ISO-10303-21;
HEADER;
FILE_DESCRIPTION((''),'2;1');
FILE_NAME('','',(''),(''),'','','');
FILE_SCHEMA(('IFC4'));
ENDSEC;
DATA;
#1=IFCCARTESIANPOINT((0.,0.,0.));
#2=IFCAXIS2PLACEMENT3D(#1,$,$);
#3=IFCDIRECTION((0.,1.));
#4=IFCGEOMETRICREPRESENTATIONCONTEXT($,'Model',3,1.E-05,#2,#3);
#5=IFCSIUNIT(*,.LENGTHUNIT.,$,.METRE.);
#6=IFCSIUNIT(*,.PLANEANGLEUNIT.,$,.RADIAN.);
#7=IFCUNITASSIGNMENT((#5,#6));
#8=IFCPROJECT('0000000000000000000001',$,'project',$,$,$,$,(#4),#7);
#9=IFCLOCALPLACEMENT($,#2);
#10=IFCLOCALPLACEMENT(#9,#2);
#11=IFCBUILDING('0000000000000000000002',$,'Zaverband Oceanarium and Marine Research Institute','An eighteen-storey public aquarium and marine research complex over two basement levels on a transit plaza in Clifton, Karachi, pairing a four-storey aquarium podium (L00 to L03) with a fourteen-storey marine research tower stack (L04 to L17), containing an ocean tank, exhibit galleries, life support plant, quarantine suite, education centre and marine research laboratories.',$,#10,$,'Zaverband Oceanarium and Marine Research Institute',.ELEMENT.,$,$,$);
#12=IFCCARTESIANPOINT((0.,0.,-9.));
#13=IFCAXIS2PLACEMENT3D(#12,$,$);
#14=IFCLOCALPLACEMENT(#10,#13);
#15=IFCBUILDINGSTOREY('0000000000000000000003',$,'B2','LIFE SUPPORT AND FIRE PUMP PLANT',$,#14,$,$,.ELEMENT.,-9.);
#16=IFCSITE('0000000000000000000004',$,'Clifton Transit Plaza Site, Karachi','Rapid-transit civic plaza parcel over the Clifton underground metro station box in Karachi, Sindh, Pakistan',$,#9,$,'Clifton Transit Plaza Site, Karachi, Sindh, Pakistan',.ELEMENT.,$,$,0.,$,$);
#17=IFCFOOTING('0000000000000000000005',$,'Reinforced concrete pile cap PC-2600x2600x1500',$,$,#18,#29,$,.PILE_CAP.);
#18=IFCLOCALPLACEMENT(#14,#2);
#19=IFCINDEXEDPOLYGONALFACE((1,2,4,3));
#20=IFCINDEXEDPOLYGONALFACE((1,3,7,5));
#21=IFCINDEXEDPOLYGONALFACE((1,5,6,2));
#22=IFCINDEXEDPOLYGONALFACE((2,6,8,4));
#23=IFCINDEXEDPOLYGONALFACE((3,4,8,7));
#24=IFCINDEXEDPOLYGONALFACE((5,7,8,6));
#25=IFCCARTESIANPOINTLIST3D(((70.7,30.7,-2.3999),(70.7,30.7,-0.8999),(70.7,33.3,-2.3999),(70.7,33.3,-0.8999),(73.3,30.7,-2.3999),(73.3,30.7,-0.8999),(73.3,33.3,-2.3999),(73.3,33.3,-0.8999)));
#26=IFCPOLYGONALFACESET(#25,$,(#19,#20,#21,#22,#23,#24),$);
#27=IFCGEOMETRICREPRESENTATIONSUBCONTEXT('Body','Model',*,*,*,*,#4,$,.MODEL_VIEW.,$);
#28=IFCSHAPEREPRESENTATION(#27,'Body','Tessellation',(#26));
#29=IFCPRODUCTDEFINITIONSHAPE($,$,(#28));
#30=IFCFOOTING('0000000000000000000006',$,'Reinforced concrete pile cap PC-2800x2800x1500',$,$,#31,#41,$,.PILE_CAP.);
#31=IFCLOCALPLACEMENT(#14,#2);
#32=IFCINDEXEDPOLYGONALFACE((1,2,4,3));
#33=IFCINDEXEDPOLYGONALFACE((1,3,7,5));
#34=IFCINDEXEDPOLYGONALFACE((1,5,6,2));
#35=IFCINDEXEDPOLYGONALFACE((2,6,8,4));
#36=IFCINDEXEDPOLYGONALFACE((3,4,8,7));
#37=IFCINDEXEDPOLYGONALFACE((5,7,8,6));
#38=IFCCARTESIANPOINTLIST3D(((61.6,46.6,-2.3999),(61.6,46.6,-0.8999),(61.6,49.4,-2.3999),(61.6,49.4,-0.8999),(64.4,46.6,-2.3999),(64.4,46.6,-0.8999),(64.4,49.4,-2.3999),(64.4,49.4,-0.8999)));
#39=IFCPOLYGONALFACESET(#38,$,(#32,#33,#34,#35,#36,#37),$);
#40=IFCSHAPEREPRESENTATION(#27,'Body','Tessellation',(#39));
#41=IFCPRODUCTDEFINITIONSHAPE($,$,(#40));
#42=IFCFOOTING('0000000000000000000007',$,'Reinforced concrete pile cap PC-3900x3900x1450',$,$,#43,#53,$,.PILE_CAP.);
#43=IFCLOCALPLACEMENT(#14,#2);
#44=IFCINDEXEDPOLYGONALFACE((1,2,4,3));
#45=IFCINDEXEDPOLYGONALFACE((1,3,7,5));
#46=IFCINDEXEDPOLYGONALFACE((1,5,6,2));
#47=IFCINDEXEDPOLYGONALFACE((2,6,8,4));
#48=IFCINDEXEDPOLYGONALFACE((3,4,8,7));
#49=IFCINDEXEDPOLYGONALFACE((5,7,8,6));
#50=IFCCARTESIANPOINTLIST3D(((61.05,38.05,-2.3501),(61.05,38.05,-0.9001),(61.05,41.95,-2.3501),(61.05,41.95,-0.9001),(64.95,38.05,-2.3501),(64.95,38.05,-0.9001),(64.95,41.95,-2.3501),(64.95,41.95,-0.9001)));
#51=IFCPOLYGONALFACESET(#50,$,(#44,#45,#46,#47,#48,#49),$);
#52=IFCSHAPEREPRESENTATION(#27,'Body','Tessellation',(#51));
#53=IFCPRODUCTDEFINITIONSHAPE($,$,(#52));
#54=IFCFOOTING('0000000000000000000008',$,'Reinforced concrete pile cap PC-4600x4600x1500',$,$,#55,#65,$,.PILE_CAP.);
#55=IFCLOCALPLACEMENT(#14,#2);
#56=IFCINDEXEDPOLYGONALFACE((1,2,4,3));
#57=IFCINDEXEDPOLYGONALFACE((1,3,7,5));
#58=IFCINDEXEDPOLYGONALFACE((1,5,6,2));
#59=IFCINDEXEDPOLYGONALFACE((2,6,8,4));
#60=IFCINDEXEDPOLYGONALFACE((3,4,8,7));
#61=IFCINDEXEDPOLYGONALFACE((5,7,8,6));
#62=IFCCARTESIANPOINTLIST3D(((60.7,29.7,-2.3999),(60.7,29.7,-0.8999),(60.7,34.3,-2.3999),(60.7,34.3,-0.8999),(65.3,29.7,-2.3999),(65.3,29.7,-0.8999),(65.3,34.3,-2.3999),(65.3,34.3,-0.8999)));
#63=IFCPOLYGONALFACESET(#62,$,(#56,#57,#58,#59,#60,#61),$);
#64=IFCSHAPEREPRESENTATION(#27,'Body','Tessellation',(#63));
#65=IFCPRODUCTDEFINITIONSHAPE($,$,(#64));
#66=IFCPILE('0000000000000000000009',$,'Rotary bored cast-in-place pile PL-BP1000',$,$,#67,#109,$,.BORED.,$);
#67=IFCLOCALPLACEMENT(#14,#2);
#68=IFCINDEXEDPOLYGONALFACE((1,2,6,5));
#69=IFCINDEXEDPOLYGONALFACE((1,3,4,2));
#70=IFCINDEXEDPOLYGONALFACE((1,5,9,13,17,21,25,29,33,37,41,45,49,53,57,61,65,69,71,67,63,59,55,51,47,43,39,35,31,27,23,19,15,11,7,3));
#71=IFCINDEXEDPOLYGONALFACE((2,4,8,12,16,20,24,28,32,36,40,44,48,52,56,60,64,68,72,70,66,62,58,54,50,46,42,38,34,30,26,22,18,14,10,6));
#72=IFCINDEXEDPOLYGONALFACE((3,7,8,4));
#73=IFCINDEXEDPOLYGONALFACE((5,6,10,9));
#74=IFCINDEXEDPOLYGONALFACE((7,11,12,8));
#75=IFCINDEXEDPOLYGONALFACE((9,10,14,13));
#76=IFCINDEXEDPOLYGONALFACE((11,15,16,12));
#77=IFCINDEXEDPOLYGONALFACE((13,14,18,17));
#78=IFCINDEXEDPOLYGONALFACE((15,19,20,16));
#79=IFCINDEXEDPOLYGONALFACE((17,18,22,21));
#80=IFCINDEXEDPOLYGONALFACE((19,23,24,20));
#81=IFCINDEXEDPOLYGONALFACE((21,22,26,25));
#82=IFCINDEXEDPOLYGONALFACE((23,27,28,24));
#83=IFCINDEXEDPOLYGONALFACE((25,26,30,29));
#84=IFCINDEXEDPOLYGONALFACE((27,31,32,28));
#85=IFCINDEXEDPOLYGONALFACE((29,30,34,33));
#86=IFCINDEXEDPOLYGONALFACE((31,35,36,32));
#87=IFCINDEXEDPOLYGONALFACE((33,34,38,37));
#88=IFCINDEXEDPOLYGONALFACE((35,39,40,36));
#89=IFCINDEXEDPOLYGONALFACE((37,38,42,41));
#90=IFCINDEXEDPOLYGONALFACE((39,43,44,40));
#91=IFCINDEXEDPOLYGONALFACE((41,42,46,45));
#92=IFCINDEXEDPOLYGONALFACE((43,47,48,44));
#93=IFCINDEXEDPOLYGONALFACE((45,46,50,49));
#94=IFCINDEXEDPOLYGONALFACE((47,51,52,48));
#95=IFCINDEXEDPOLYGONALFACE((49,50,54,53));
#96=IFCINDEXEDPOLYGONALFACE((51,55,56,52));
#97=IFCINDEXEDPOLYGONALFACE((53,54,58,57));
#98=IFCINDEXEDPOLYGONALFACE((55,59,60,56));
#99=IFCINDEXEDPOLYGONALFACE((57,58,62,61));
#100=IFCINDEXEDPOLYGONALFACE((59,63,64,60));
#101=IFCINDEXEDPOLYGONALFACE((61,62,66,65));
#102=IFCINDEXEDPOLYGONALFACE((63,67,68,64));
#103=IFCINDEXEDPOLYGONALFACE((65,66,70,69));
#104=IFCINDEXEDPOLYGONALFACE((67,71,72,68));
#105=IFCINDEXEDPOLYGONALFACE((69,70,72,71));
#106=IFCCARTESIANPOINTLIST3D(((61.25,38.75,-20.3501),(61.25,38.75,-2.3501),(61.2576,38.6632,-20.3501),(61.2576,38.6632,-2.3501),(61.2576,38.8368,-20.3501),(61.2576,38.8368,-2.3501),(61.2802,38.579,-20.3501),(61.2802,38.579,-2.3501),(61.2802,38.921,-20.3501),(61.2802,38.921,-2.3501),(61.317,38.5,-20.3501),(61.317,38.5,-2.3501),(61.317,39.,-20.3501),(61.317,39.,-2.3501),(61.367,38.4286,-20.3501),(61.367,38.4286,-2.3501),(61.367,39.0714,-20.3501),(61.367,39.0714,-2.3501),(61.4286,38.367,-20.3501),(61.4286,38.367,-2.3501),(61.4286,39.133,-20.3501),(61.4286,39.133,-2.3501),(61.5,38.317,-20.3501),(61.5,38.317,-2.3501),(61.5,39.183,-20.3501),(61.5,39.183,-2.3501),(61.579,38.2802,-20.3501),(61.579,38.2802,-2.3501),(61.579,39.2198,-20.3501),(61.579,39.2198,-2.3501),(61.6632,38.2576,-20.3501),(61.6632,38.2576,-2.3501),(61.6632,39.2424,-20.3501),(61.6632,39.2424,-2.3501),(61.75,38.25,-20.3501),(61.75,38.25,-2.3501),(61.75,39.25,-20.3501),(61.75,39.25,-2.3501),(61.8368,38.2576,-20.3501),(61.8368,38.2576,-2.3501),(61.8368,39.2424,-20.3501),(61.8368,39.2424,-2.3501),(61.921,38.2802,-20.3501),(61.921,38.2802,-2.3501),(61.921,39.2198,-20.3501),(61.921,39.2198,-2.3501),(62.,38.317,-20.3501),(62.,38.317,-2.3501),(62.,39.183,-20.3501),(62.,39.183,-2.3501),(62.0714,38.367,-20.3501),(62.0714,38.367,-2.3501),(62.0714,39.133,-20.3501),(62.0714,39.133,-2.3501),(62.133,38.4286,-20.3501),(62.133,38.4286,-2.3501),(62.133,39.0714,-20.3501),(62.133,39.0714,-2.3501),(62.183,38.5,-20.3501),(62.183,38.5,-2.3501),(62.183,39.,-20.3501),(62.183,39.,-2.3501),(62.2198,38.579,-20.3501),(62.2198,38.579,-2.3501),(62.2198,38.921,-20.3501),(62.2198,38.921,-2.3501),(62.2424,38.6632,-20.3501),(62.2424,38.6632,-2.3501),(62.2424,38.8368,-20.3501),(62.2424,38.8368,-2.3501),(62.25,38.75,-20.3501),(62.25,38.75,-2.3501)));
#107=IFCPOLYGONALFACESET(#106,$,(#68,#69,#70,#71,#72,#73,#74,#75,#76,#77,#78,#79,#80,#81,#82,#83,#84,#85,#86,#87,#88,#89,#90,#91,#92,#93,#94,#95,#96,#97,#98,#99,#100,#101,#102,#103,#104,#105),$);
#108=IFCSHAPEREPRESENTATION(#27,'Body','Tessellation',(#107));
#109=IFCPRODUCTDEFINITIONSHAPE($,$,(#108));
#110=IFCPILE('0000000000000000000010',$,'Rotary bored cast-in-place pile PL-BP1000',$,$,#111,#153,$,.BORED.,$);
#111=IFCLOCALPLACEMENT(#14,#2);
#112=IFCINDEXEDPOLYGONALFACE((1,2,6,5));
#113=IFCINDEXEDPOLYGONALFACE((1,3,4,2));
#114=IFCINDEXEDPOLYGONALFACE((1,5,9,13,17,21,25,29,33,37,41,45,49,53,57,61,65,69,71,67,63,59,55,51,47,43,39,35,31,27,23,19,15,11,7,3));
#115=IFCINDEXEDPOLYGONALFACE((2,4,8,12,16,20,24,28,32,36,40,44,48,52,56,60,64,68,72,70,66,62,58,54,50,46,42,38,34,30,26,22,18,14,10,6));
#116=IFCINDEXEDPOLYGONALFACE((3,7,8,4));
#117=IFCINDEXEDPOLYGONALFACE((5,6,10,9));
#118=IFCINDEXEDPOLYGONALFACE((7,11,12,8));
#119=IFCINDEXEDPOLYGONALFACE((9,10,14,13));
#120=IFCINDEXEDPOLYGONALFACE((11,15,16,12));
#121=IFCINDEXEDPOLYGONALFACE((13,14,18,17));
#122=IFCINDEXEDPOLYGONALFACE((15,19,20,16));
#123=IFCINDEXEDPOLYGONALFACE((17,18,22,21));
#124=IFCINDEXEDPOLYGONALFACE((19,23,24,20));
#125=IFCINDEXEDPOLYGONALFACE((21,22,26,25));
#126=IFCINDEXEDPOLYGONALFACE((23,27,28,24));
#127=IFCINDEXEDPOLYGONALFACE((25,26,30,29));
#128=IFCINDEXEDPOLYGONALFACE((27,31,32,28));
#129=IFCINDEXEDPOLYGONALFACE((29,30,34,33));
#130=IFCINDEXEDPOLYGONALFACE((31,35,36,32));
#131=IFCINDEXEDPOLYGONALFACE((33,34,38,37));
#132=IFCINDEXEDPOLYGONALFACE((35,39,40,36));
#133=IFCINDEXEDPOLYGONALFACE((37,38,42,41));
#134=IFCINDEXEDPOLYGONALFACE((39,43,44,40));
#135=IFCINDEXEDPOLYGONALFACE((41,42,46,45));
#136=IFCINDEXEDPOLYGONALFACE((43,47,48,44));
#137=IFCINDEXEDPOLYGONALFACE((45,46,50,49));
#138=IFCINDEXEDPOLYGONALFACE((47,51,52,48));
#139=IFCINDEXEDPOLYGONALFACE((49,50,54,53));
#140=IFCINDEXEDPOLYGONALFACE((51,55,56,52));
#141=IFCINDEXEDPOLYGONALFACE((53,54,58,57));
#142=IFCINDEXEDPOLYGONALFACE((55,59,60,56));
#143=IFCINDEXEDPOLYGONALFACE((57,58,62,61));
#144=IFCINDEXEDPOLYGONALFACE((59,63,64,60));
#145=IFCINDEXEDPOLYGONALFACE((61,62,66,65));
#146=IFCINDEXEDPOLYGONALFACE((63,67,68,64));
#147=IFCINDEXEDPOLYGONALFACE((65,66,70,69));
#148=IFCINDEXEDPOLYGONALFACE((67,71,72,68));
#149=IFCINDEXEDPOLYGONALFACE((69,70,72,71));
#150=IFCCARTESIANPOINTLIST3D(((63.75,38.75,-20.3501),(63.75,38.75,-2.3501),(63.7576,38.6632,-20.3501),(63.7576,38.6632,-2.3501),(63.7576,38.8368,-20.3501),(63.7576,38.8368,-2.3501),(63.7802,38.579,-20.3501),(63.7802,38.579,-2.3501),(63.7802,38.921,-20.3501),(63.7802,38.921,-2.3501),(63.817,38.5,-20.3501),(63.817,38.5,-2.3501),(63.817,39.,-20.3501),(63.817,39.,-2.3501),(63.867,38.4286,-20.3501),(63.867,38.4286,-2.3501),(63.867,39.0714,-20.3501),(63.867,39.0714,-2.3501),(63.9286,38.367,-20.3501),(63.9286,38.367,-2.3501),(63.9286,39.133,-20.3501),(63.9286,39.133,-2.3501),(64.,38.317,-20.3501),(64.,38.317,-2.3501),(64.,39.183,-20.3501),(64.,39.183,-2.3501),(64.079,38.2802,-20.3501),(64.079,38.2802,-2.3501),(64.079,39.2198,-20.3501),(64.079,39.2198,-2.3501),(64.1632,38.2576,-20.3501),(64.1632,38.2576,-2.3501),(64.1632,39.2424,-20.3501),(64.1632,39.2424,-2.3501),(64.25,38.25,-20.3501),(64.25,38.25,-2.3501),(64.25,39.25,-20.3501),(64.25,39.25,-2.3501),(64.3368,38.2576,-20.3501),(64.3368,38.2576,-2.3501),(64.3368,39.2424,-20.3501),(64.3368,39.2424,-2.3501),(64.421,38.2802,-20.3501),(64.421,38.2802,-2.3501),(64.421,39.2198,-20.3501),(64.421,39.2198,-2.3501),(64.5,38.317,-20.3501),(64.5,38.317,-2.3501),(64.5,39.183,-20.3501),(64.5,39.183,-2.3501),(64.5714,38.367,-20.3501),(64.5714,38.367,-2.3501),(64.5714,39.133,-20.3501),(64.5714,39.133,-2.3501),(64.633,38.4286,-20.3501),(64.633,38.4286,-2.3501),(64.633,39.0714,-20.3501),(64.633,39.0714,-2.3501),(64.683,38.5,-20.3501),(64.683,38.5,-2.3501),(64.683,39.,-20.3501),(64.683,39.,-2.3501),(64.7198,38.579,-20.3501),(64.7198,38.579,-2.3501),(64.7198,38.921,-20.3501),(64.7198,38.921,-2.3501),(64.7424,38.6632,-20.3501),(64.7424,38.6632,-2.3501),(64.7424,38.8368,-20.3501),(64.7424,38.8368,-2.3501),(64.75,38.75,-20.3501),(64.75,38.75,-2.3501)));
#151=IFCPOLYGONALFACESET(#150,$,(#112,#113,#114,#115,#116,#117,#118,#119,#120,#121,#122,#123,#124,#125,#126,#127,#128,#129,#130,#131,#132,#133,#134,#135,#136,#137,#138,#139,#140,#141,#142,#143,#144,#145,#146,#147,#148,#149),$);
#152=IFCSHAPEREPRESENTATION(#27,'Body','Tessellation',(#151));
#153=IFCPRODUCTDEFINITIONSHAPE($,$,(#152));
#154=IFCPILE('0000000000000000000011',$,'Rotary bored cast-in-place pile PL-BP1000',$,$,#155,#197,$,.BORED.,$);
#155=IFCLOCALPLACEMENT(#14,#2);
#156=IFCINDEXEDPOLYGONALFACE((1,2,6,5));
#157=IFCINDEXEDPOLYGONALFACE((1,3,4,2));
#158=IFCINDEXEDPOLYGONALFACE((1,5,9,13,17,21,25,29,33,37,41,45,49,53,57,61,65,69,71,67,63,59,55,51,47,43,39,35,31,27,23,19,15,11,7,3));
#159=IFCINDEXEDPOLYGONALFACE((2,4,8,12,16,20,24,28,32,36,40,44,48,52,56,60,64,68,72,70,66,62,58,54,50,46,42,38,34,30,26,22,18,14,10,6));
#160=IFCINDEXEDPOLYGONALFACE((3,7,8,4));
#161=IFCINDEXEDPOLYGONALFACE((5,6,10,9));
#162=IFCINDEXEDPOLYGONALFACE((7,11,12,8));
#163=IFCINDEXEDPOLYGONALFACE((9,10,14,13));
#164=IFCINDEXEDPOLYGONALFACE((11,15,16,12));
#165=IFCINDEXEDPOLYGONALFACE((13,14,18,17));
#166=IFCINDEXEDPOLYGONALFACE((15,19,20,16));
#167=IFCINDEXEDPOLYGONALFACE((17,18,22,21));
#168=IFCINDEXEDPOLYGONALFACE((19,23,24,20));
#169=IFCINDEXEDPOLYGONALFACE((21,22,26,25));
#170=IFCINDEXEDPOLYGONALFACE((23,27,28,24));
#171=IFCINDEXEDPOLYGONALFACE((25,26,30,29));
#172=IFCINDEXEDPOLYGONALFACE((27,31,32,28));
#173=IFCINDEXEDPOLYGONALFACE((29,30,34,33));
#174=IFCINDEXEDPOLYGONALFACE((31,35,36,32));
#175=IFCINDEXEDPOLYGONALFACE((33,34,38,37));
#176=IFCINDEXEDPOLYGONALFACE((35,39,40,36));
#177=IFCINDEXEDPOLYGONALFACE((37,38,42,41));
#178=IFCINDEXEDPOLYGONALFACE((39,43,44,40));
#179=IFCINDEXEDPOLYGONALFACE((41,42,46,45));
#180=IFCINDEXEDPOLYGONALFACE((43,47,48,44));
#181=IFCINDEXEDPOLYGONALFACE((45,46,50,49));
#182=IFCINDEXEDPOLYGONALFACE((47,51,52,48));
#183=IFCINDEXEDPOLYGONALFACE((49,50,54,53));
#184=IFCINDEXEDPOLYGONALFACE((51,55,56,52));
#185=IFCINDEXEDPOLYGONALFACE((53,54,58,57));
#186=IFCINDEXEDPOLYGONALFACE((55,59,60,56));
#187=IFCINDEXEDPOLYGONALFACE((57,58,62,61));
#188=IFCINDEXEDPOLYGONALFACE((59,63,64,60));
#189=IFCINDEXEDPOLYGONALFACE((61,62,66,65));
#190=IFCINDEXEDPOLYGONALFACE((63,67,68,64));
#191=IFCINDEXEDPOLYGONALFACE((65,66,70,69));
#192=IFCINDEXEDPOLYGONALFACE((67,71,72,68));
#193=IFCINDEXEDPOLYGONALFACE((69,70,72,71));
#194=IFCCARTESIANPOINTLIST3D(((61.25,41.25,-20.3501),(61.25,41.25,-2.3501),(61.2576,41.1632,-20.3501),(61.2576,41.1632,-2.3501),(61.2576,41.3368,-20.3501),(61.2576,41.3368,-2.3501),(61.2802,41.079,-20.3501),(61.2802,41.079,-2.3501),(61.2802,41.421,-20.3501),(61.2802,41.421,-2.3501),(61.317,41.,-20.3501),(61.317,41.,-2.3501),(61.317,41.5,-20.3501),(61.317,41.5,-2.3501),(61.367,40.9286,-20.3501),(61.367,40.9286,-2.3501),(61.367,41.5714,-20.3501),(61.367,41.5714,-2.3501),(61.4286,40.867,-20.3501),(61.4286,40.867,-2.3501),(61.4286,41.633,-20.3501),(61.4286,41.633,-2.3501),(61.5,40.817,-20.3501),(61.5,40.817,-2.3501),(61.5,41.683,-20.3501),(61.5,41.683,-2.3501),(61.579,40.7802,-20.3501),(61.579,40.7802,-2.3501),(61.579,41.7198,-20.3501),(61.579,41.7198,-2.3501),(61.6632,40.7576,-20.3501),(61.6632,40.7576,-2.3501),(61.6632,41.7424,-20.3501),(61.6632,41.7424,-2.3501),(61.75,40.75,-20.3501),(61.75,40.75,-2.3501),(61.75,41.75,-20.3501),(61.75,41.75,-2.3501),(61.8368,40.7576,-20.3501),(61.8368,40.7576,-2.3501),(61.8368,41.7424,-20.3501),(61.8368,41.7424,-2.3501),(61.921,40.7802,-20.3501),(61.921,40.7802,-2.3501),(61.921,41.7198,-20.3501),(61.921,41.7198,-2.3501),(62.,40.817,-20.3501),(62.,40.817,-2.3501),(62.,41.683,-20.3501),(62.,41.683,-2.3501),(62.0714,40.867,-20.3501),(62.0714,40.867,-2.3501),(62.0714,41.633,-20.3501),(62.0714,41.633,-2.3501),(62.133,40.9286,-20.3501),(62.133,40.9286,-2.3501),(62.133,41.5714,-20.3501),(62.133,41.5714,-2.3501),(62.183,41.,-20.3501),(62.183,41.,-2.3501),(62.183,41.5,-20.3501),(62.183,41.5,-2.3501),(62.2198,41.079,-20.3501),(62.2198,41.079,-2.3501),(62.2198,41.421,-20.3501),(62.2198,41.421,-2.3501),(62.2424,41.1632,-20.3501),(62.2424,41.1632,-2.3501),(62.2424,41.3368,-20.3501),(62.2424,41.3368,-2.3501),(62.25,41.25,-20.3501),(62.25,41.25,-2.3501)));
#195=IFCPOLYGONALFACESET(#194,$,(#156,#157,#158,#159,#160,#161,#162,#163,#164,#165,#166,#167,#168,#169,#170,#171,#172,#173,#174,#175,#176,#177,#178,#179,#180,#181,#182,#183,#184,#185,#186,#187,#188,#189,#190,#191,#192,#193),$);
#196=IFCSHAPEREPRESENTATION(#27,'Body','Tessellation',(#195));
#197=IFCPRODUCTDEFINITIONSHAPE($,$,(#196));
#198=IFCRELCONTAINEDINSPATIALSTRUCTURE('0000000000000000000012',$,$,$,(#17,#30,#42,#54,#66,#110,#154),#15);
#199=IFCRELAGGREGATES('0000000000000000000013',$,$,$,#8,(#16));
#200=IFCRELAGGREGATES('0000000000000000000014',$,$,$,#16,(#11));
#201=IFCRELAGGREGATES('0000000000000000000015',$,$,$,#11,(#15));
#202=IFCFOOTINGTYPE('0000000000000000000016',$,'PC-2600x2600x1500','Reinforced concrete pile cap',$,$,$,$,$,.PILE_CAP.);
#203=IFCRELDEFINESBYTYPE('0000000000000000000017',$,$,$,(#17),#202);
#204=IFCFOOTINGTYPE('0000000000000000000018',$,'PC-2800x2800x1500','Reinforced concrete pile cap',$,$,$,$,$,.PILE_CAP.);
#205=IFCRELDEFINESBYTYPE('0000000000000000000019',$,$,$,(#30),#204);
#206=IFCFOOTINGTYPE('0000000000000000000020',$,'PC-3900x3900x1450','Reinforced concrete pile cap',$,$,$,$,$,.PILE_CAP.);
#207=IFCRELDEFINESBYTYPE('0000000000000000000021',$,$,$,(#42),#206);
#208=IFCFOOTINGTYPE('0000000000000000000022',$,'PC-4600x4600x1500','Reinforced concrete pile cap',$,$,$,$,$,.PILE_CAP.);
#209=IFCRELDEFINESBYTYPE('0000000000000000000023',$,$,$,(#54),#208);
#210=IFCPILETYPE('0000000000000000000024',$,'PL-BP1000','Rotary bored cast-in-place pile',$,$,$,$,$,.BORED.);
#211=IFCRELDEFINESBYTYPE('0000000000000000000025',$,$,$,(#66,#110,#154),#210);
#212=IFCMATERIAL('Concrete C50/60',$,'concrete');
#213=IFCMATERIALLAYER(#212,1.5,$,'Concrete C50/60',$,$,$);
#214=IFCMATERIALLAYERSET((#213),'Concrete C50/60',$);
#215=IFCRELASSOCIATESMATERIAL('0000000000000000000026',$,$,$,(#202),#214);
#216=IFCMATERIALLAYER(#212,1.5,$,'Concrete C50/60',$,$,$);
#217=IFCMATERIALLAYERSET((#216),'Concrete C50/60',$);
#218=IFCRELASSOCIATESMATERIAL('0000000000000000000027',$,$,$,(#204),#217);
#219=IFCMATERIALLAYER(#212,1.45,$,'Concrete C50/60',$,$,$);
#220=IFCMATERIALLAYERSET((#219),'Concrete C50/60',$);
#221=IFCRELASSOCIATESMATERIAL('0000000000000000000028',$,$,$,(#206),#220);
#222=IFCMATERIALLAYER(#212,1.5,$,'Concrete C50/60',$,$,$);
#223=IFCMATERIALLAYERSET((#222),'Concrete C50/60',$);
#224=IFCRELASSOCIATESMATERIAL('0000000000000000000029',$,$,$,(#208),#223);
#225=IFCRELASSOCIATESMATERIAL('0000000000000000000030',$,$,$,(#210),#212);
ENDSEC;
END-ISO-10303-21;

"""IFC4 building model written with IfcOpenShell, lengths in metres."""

from ifc_helpers import new_model, si_unit, direction, frame, origin, origin_2d, place, context, subcontext, project, spatial, rectangle, circle, extrude, material, layer, layer_set, material_profile, profile_set, type_object, element, save


model = new_model("IFC4")

# Units and contexts
model_context = context("Model", 3, precision=1e-05, world=origin(), true_north=direction((0.0, 1.0)))
body_context = subcontext(model_context, "Body", "Model", "MODEL_VIEW")
ifc_project = project(units=[si_unit("LENGTHUNIT", "METRE"), si_unit("PLANEANGLEUNIT", "RADIAN")], contexts=[model_context])

# Site, building, storey
site_placement = place(None, origin())
site = spatial("IfcSite", under=ifc_project, at=site_placement, Name="Clifton Transit Plaza Site, Karachi", Description="Rapid-transit civic plaza parcel over the Clifton underground metro station box in Karachi, Sindh, Pakistan", LongName="Clifton Transit Plaza Site, Karachi, Sindh, Pakistan", CompositionType="ELEMENT", RefElevation=0.0)
building_placement = place(site_placement, origin())
building = spatial("IfcBuilding", under=site, at=building_placement, Name="Zaverband Oceanarium and Marine Research Institute", Description="An eighteen-storey public aquarium and marine research complex over two basement levels on a transit plaza in Clifton, Karachi, pairing a four-storey aquarium podium (L00 to L03) with a fourteen-storey marine research tower stack (L04 to L17), containing an ocean tank, exhibit galleries, life support plant, quarantine suite, education centre and marine research laboratories.", LongName="Zaverband Oceanarium and Marine Research Institute", CompositionType="ELEMENT")
storey_placement = place(building_placement, frame((0.0, 0.0, -9.0)))
storey = spatial("IfcBuildingStorey", under=building, at=storey_placement, Name="B2", Description="LIFE SUPPORT AND FIRE PUMP PLANT", CompositionType="ELEMENT", Elevation=-9.0)

# Footings
ifc_material_1 = material(Name="Concrete C50/60", Category="concrete")
ifc_layer_1 = layer(ifc_material_1, 1.5, Name="Concrete C50/60")
ifc_layer_set_1 = layer_set([ifc_layer_1], Name="Concrete C50/60")
footing_type_1 = type_object("IfcFootingType", Name="PC-2600x2600x1500", Description="Reinforced concrete pile cap", PredefinedType="PILE_CAP", material=ifc_layer_set_1)
footing_1_placement = place(storey_placement, frame((72.0, 32.0, -2.3999), z_axis=(0.0, 0.0, 1.0), x_axis=(1.0, 0.0, 0.0)))
element("IfcFooting", 1, at=footing_1_placement, inside=storey, type_object=footing_type_1, Name="Reinforced concrete pile cap PC-2600x2600x1500", PredefinedType="PILE_CAP", context=body_context, shape_type="SweptSolid", body=[
    extrude(rectangle(XDim=2.6001, YDim=2.6001, at=origin_2d()), origin(), (0.0, 0.0, 1.0), 1.5),
])
ifc_layer_2 = layer(ifc_material_1, 1.5, Name="Concrete C50/60")
ifc_layer_set_2 = layer_set([ifc_layer_2], Name="Concrete C50/60")
footing_type_2 = type_object("IfcFootingType", Name="PC-2800x2800x1500", Description="Reinforced concrete pile cap", PredefinedType="PILE_CAP", material=ifc_layer_set_2)
footing_2_placement = place(storey_placement, frame((63.0, 48.0, -2.3999), z_axis=(0.0, 0.0, 1.0), x_axis=(1.0, 0.0, 0.0)))
element("IfcFooting", 2, at=footing_2_placement, inside=storey, type_object=footing_type_2, Name="Reinforced concrete pile cap PC-2800x2800x1500", PredefinedType="PILE_CAP", context=body_context, shape_type="SweptSolid", body=[
    extrude(rectangle(XDim=2.8, YDim=2.8, at=origin_2d()), origin(), (0.0, 0.0, 1.0), 1.5),
])
ifc_layer_3 = layer(ifc_material_1, 1.45, Name="Concrete C50/60")
ifc_layer_set_3 = layer_set([ifc_layer_3], Name="Concrete C50/60")
footing_type_3 = type_object("IfcFootingType", Name="PC-3900x3900x1450", Description="Reinforced concrete pile cap", PredefinedType="PILE_CAP", material=ifc_layer_set_3)
footing_3_placement = place(storey_placement, frame((63.0, 40.0, -2.3501), z_axis=(0.0, 0.0, 1.0), x_axis=(1.0, 0.0, 0.0)))
element("IfcFooting", 3, at=footing_3_placement, inside=storey, type_object=footing_type_3, Name="Reinforced concrete pile cap PC-3900x3900x1450", PredefinedType="PILE_CAP", context=body_context, shape_type="SweptSolid", body=[
    extrude(rectangle(XDim=3.8999, YDim=3.8999, at=origin_2d()), origin(), (0.0, 0.0, 1.0), 1.45),
])
ifc_layer_4 = layer(ifc_material_1, 1.5, Name="Concrete C50/60")
ifc_layer_set_4 = layer_set([ifc_layer_4], Name="Concrete C50/60")
footing_type_4 = type_object("IfcFootingType", Name="PC-4600x4600x1500", Description="Reinforced concrete pile cap", PredefinedType="PILE_CAP", material=ifc_layer_set_4)
footing_4_placement = place(storey_placement, frame((63.0, 32.0, -2.3999), z_axis=(0.0, 0.0, 1.0), x_axis=(1.0, 0.0, 0.0)))
element("IfcFooting", 4, at=footing_4_placement, inside=storey, type_object=footing_type_4, Name="Reinforced concrete pile cap PC-4600x4600x1500", PredefinedType="PILE_CAP", context=body_context, shape_type="SweptSolid", body=[
    extrude(rectangle(XDim=4.6001, YDim=4.6001, at=origin_2d()), origin(), (0.0, 0.0, 1.0), 1.5),
])

# Piles
ifc_material_profile_1 = material_profile(ifc_material_1, circle(Radius=0.5, at=origin_2d()), Name="BP1000")
ifc_profile_set_1 = profile_set([ifc_material_profile_1], Name="Concrete C50/60")
pile_type_1 = type_object("IfcPileType", Name="PL-BP1000", Description="Rotary bored cast-in-place pile", PredefinedType="BORED", material=ifc_profile_set_1)
for number, where, z_axis, x_axis, name in (
    (5, (61.75, 38.75, -2.3501), (0.0, 0.0, -1.0), (1.0, 0.0, 0.0), "Rotary bored cast-in-place pile PL-BP1000"),
    (6, (64.25, 38.75, -2.3501), (0.0, 0.0, -1.0), (1.0, 0.0, 0.0), "Rotary bored cast-in-place pile PL-BP1000"),
    (7, (61.75, 41.25, -2.3501), (0.0, 0.0, -1.0), (1.0, 0.0, 0.0), "Rotary bored cast-in-place pile PL-BP1000"),
):
    element("IfcPile", number, at=place(storey_placement, frame(where, z_axis=z_axis, x_axis=x_axis)), inside=storey, type_object=pile_type_1, Name=name, PredefinedType="BORED", context=body_context, shape_type="SweptSolid", body=[
        extrude(circle(Radius=0.5, at=origin_2d()), origin(), (0.0, 0.0, 1.0), 18.0),
    ])

save(model, "model.ifc")
